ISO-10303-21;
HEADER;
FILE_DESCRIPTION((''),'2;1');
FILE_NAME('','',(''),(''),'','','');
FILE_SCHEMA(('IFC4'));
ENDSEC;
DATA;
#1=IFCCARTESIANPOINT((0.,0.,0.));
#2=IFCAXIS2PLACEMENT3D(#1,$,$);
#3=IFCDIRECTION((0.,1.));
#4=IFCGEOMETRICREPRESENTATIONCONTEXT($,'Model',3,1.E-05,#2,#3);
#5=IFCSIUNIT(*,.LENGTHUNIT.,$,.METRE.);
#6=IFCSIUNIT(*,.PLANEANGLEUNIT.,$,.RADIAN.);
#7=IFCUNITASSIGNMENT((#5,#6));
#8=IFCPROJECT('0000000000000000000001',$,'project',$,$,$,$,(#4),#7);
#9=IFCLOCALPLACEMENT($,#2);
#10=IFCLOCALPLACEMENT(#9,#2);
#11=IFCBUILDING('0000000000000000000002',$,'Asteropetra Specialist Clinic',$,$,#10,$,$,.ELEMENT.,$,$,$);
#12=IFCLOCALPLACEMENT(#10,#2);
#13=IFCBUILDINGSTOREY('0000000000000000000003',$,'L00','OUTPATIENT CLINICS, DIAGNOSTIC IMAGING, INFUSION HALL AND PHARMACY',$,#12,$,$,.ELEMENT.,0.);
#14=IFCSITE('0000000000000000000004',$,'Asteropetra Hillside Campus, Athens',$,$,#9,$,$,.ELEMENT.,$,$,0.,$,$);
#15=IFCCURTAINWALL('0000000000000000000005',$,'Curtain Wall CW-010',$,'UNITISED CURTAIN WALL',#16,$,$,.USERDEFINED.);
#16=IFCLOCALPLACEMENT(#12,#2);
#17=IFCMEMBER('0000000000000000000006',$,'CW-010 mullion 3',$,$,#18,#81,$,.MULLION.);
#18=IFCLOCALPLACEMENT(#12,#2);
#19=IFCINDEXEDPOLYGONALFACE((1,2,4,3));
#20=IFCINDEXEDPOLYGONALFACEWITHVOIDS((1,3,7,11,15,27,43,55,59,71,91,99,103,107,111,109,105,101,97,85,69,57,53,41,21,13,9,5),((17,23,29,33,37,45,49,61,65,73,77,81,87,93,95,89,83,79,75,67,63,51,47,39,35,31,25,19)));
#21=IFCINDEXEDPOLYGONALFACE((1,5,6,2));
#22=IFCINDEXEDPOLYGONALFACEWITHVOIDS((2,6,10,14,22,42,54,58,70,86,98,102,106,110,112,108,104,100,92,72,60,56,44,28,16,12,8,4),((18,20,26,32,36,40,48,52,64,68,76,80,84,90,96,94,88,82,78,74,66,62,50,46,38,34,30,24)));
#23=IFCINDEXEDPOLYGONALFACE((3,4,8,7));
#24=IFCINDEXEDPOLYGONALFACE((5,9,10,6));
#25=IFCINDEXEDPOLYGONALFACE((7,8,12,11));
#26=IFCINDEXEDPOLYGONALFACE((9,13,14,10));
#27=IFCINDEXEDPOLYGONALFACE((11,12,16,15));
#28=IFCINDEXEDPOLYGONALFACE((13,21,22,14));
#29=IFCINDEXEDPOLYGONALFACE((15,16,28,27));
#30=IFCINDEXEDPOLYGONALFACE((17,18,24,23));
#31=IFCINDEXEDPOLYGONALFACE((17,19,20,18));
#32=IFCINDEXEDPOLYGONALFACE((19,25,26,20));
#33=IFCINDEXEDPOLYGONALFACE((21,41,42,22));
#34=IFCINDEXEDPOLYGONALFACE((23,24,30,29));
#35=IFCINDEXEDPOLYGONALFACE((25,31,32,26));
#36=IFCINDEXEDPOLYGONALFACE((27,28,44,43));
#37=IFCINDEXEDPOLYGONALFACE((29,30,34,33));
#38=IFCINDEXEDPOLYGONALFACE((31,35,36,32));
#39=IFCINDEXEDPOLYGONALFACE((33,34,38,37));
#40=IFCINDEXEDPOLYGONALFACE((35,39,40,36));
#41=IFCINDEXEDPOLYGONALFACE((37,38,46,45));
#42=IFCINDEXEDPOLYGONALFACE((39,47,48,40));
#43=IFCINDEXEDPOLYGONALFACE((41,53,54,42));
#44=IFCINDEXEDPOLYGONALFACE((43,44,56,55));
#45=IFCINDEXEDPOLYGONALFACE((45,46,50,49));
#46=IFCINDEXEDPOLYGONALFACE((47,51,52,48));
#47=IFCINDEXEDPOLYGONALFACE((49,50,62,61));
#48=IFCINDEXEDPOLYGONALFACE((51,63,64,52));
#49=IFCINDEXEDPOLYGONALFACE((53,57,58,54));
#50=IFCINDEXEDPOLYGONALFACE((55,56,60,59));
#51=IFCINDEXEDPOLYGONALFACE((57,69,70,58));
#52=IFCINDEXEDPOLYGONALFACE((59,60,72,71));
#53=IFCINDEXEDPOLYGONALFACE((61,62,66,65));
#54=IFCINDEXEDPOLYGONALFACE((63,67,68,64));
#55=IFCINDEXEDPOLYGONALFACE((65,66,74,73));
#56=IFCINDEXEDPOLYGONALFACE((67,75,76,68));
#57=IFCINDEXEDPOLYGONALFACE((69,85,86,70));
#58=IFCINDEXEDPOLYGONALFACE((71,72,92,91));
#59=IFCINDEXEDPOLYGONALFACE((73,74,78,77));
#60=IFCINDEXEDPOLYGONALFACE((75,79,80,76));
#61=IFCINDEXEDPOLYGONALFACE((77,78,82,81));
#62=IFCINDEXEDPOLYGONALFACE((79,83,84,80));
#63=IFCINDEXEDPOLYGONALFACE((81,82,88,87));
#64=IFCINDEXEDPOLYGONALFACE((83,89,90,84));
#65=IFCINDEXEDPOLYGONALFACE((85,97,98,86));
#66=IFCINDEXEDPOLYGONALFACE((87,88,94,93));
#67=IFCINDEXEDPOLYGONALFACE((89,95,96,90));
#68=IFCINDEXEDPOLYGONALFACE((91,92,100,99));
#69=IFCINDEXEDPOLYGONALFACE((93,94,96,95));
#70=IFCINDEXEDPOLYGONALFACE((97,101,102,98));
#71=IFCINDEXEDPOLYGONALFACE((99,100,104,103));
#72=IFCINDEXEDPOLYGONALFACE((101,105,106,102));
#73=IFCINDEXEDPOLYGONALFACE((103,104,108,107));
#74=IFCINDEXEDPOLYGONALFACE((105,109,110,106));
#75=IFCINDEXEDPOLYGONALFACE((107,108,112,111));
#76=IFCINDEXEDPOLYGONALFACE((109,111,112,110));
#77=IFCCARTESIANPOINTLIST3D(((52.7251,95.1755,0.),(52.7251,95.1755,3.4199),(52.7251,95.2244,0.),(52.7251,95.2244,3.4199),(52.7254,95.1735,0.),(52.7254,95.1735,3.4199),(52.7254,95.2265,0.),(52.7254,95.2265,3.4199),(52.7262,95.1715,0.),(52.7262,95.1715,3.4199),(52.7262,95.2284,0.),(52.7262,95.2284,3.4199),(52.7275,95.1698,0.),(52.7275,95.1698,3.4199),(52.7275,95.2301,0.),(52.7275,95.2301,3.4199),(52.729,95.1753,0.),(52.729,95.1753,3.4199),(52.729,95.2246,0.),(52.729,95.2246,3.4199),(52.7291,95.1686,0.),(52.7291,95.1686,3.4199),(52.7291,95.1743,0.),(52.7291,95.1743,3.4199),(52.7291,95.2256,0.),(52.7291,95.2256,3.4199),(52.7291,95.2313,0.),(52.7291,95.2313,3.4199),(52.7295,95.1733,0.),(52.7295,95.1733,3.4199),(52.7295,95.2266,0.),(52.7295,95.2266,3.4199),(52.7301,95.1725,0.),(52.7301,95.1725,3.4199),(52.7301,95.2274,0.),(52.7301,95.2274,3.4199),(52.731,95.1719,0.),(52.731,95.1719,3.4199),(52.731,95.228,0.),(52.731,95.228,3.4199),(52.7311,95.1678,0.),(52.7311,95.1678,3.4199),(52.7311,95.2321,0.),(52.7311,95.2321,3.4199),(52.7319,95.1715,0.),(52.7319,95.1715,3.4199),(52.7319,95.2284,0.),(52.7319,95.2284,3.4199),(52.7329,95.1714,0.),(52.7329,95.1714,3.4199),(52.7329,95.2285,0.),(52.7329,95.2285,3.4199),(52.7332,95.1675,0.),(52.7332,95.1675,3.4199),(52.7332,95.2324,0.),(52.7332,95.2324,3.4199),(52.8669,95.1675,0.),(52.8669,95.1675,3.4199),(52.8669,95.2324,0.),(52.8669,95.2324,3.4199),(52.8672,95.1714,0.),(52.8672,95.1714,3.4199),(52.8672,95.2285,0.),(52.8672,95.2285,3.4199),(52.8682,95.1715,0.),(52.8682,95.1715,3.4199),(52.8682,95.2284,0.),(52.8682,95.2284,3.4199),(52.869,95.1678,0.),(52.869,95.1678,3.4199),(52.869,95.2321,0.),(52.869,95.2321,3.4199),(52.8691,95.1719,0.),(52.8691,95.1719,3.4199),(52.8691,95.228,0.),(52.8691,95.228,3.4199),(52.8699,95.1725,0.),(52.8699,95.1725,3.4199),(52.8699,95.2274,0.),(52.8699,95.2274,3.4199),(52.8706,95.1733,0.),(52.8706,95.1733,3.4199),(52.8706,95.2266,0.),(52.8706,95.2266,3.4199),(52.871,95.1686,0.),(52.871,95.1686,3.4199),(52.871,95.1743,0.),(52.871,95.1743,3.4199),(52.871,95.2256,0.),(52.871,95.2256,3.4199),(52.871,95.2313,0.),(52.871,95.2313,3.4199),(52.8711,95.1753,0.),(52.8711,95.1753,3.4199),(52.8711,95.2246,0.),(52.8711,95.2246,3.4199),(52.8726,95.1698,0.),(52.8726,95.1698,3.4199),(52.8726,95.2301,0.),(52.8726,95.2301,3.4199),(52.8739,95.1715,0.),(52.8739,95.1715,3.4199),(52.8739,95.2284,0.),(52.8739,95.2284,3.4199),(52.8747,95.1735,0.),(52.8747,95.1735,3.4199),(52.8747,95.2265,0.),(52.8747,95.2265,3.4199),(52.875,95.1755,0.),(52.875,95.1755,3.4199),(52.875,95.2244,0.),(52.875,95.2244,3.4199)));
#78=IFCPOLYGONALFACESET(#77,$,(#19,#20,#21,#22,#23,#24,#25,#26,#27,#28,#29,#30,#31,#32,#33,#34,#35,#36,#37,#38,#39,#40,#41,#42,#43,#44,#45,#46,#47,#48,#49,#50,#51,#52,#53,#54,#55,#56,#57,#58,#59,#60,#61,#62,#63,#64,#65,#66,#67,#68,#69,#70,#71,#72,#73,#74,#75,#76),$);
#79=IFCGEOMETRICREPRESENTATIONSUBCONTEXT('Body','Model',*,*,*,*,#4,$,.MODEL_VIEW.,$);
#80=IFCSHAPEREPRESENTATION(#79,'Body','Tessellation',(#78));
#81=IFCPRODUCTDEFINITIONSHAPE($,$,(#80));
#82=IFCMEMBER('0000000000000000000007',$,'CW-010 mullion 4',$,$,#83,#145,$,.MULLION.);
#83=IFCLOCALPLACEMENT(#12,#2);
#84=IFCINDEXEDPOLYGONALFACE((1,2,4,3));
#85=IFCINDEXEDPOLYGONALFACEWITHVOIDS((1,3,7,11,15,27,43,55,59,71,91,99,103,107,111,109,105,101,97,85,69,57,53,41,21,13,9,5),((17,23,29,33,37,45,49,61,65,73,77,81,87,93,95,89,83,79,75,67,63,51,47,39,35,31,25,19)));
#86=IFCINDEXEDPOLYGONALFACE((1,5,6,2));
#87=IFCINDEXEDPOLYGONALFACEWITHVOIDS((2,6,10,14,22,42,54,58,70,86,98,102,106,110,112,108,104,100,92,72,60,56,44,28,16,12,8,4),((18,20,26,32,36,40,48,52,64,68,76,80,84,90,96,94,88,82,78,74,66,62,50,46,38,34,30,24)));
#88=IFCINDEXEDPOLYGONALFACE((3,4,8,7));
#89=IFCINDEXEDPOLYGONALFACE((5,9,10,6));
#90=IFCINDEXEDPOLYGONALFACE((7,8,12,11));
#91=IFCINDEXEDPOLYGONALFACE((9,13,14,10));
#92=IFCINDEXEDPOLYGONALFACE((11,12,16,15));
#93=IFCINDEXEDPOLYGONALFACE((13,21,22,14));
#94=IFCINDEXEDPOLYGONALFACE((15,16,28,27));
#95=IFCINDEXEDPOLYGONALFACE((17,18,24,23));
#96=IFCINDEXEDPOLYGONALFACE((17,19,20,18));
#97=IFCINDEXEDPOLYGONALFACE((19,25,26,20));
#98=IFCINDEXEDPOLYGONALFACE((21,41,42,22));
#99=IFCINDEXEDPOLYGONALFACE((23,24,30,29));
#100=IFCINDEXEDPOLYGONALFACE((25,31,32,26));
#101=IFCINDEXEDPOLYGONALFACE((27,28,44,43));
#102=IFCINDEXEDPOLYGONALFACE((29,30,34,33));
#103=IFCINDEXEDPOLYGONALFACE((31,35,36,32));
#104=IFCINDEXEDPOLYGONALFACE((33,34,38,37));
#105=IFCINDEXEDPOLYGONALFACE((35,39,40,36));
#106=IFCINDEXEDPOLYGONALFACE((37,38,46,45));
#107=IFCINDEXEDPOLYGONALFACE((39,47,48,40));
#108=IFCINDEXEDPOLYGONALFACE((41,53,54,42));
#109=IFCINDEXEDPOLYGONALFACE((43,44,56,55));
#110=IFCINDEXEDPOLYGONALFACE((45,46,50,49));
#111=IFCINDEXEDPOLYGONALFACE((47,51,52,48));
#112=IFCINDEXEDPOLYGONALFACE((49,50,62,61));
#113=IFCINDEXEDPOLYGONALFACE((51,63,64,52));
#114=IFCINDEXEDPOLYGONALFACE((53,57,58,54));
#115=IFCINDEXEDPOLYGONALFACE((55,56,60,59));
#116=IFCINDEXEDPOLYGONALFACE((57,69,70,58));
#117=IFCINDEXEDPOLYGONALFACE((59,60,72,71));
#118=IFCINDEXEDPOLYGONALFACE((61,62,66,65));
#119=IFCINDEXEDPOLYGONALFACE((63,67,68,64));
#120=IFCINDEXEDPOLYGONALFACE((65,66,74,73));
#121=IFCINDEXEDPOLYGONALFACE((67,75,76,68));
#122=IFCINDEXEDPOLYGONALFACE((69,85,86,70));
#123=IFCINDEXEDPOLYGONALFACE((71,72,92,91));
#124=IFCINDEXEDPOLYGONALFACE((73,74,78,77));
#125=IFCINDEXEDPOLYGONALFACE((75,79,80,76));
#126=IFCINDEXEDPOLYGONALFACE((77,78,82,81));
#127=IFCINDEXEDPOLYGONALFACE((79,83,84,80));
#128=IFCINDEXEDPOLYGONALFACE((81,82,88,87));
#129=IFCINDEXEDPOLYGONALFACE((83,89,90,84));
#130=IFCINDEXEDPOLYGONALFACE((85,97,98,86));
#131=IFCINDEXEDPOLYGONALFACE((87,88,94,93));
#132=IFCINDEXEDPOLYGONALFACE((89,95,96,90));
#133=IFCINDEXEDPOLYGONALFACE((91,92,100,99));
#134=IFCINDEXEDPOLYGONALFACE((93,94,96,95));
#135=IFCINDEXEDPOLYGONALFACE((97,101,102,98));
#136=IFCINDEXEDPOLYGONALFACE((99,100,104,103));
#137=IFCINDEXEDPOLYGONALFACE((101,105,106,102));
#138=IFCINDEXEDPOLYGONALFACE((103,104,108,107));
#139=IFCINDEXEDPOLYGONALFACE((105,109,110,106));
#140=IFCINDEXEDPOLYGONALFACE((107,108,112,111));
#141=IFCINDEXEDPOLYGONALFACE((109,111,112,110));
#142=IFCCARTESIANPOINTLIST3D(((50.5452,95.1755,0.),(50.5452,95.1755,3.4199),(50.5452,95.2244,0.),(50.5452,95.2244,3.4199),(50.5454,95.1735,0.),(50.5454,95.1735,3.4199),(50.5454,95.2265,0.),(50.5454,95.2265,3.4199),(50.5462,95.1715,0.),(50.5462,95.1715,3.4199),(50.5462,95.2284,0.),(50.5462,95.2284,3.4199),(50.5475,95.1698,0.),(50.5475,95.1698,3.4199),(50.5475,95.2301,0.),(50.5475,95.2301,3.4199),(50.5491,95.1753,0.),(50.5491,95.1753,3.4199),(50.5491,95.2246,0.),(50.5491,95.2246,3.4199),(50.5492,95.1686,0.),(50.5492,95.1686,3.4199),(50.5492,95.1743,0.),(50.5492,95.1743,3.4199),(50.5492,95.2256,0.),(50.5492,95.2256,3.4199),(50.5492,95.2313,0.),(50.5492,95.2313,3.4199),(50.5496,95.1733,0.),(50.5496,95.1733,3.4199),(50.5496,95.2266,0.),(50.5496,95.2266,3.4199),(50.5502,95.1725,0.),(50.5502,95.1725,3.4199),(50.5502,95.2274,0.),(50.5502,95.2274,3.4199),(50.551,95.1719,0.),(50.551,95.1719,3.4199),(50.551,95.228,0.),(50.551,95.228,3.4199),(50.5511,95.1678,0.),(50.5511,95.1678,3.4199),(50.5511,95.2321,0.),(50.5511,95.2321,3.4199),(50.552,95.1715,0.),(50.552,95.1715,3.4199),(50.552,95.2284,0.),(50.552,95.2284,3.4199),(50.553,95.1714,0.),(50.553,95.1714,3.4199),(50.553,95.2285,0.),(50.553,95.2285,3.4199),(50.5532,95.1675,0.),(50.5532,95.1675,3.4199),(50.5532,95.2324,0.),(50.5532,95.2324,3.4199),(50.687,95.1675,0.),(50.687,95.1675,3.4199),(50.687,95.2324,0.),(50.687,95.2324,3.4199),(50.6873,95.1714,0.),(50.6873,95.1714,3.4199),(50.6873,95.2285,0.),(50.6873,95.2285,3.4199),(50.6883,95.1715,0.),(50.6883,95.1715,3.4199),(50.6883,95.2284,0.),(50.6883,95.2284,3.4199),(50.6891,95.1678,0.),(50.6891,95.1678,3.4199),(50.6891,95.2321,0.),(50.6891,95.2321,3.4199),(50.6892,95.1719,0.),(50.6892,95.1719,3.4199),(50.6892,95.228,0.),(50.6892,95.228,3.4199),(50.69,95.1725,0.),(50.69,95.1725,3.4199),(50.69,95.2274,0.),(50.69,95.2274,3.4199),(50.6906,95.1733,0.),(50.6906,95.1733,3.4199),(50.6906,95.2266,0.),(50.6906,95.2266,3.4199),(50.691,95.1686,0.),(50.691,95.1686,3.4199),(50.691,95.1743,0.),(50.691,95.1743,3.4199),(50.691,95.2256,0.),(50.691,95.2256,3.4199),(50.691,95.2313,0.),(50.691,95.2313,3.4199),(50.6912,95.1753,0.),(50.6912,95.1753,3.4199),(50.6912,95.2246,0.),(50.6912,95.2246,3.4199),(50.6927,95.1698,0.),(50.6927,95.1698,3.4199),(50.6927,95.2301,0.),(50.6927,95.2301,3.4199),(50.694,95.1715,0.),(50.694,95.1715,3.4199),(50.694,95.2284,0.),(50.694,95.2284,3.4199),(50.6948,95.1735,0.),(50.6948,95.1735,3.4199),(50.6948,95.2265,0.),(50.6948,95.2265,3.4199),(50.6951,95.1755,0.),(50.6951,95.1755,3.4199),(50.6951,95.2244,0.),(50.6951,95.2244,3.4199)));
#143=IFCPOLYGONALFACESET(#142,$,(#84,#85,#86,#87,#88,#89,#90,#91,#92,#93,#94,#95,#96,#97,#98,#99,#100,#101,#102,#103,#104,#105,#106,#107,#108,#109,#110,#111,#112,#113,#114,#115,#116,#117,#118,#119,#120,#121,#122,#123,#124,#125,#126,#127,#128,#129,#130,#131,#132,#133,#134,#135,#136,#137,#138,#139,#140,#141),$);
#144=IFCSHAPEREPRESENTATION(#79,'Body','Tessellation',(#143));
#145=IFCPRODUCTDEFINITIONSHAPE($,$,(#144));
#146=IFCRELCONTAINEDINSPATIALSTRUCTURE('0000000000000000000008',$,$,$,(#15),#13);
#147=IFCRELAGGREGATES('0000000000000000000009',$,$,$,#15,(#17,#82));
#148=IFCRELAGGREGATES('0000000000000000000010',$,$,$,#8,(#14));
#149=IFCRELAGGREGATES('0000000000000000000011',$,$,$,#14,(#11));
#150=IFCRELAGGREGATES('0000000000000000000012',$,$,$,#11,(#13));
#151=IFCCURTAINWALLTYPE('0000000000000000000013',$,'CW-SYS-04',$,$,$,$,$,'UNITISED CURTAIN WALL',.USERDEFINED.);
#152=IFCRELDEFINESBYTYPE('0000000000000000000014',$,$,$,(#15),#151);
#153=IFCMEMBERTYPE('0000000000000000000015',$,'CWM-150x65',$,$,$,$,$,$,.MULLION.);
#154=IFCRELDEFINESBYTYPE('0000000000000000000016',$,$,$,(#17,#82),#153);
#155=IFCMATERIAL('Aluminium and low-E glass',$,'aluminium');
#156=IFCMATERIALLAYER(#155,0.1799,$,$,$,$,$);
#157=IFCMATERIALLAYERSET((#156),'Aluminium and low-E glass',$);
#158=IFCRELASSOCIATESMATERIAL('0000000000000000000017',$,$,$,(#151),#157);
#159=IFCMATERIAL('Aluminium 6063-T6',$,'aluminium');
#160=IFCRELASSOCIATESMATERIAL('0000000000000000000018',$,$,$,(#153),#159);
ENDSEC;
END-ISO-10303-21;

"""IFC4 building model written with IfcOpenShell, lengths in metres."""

from ifc_helpers import new_model, si_unit, direction, frame, origin, origin_2d, place, context, subcontext, project, spatial, hollow_rectangle, extrude, material, layer, layer_set, material_profile, profile_set, type_object, element, aggregate, save


model = new_model("IFC4")

# Units and contexts
model_context = context("Model", 3, precision=1e-05, world=origin(), true_north=direction((0.0, 1.0)))
body_context = subcontext(model_context, "Body", "Model", "MODEL_VIEW")
ifc_project = project(units=[si_unit("LENGTHUNIT", "METRE"), si_unit("PLANEANGLEUNIT", "RADIAN")], contexts=[model_context])

# Site, building, storey
site_placement = place(None, origin())
site = spatial("IfcSite", under=ifc_project, at=site_placement, Name="Asteropetra Hillside Campus, Athens", CompositionType="ELEMENT", RefElevation=0.0)
building_placement = place(site_placement, origin())
building = spatial("IfcBuilding", under=site, at=building_placement, Name="Asteropetra Specialist Clinic", CompositionType="ELEMENT")
storey_placement = place(building_placement, origin())
storey = spatial("IfcBuildingStorey", under=building, at=storey_placement, Name="L00", Description="OUTPATIENT CLINICS, DIAGNOSTIC IMAGING, INFUSION HALL AND PHARMACY", CompositionType="ELEMENT", Elevation=0.0)

# Curtain wall, members
ifc_material_1 = material(Name="Aluminium and low-E glass", Category="aluminium")
ifc_layer_1 = layer(ifc_material_1, 0.1799)
ifc_layer_set_1 = layer_set([ifc_layer_1], Name="Aluminium and low-E glass")
curtain_wall_type = type_object("IfcCurtainWallType", Name="CW-SYS-04", ElementType="UNITISED CURTAIN WALL", PredefinedType="USERDEFINED", material=ifc_layer_set_1)
curtain_wall_placement = place(storey_placement, origin())
curtain_wall = element("IfcCurtainWall", 1, at=curtain_wall_placement, inside=storey, type_object=curtain_wall_type, Name="Curtain Wall CW-010", ObjectType="UNITISED CURTAIN WALL", PredefinedType="USERDEFINED")
ifc_material_2 = material(Name="Aluminium 6063-T6", Category="aluminium")
ifc_material_profile_1 = material_profile(ifc_material_2, hollow_rectangle(XDim=0.0649, YDim=0.1499, WallThickness=0.0039, InnerFilletRadius=0.0039, OuterFilletRadius=0.0081, at=origin_2d()), Name="MUL 150x65x4.0")
ifc_profile_set_1 = profile_set([ifc_material_profile_1], Name="Aluminium 6063-T6")
member_type_1 = type_object("IfcMemberType", Name="CWM-150x65", PredefinedType="MULLION", material=ifc_profile_set_1)
member_1_placement = place(storey_placement, frame((52.8, 95.2, 0.0), z_axis=(0.0, 0.0, 1.0), x_axis=(0.0, -1.0, 0.0)))
member_1 = element("IfcMember", 2, at=member_1_placement, type_object=member_type_1, Name="CW-010 mullion 3", PredefinedType="MULLION", context=body_context, shape_type="SweptSolid", body=[
    extrude(hollow_rectangle(XDim=0.0649, YDim=0.1499, WallThickness=0.0039, InnerFilletRadius=0.0039, OuterFilletRadius=0.0081, at=origin_2d()), origin(), (0.0, 0.0, 1.0), 3.4199),
])
member_2_placement = place(storey_placement, frame((50.6201, 95.2, 0.0), z_axis=(0.0, 0.0, 1.0), x_axis=(0.0, -1.0, 0.0)))
member_2 = element("IfcMember", 3, at=member_2_placement, type_object=member_type_1, Name="CW-010 mullion 4", PredefinedType="MULLION", context=body_context, shape_type="SweptSolid", body=[
    extrude(hollow_rectangle(XDim=0.0649, YDim=0.1499, WallThickness=0.0039, InnerFilletRadius=0.0039, OuterFilletRadius=0.0081, at=origin_2d()), origin(), (0.0, 0.0, 1.0), 3.4199),
])
aggregate(curtain_wall, [member_1, member_2])

save(model, "model.ifc")
